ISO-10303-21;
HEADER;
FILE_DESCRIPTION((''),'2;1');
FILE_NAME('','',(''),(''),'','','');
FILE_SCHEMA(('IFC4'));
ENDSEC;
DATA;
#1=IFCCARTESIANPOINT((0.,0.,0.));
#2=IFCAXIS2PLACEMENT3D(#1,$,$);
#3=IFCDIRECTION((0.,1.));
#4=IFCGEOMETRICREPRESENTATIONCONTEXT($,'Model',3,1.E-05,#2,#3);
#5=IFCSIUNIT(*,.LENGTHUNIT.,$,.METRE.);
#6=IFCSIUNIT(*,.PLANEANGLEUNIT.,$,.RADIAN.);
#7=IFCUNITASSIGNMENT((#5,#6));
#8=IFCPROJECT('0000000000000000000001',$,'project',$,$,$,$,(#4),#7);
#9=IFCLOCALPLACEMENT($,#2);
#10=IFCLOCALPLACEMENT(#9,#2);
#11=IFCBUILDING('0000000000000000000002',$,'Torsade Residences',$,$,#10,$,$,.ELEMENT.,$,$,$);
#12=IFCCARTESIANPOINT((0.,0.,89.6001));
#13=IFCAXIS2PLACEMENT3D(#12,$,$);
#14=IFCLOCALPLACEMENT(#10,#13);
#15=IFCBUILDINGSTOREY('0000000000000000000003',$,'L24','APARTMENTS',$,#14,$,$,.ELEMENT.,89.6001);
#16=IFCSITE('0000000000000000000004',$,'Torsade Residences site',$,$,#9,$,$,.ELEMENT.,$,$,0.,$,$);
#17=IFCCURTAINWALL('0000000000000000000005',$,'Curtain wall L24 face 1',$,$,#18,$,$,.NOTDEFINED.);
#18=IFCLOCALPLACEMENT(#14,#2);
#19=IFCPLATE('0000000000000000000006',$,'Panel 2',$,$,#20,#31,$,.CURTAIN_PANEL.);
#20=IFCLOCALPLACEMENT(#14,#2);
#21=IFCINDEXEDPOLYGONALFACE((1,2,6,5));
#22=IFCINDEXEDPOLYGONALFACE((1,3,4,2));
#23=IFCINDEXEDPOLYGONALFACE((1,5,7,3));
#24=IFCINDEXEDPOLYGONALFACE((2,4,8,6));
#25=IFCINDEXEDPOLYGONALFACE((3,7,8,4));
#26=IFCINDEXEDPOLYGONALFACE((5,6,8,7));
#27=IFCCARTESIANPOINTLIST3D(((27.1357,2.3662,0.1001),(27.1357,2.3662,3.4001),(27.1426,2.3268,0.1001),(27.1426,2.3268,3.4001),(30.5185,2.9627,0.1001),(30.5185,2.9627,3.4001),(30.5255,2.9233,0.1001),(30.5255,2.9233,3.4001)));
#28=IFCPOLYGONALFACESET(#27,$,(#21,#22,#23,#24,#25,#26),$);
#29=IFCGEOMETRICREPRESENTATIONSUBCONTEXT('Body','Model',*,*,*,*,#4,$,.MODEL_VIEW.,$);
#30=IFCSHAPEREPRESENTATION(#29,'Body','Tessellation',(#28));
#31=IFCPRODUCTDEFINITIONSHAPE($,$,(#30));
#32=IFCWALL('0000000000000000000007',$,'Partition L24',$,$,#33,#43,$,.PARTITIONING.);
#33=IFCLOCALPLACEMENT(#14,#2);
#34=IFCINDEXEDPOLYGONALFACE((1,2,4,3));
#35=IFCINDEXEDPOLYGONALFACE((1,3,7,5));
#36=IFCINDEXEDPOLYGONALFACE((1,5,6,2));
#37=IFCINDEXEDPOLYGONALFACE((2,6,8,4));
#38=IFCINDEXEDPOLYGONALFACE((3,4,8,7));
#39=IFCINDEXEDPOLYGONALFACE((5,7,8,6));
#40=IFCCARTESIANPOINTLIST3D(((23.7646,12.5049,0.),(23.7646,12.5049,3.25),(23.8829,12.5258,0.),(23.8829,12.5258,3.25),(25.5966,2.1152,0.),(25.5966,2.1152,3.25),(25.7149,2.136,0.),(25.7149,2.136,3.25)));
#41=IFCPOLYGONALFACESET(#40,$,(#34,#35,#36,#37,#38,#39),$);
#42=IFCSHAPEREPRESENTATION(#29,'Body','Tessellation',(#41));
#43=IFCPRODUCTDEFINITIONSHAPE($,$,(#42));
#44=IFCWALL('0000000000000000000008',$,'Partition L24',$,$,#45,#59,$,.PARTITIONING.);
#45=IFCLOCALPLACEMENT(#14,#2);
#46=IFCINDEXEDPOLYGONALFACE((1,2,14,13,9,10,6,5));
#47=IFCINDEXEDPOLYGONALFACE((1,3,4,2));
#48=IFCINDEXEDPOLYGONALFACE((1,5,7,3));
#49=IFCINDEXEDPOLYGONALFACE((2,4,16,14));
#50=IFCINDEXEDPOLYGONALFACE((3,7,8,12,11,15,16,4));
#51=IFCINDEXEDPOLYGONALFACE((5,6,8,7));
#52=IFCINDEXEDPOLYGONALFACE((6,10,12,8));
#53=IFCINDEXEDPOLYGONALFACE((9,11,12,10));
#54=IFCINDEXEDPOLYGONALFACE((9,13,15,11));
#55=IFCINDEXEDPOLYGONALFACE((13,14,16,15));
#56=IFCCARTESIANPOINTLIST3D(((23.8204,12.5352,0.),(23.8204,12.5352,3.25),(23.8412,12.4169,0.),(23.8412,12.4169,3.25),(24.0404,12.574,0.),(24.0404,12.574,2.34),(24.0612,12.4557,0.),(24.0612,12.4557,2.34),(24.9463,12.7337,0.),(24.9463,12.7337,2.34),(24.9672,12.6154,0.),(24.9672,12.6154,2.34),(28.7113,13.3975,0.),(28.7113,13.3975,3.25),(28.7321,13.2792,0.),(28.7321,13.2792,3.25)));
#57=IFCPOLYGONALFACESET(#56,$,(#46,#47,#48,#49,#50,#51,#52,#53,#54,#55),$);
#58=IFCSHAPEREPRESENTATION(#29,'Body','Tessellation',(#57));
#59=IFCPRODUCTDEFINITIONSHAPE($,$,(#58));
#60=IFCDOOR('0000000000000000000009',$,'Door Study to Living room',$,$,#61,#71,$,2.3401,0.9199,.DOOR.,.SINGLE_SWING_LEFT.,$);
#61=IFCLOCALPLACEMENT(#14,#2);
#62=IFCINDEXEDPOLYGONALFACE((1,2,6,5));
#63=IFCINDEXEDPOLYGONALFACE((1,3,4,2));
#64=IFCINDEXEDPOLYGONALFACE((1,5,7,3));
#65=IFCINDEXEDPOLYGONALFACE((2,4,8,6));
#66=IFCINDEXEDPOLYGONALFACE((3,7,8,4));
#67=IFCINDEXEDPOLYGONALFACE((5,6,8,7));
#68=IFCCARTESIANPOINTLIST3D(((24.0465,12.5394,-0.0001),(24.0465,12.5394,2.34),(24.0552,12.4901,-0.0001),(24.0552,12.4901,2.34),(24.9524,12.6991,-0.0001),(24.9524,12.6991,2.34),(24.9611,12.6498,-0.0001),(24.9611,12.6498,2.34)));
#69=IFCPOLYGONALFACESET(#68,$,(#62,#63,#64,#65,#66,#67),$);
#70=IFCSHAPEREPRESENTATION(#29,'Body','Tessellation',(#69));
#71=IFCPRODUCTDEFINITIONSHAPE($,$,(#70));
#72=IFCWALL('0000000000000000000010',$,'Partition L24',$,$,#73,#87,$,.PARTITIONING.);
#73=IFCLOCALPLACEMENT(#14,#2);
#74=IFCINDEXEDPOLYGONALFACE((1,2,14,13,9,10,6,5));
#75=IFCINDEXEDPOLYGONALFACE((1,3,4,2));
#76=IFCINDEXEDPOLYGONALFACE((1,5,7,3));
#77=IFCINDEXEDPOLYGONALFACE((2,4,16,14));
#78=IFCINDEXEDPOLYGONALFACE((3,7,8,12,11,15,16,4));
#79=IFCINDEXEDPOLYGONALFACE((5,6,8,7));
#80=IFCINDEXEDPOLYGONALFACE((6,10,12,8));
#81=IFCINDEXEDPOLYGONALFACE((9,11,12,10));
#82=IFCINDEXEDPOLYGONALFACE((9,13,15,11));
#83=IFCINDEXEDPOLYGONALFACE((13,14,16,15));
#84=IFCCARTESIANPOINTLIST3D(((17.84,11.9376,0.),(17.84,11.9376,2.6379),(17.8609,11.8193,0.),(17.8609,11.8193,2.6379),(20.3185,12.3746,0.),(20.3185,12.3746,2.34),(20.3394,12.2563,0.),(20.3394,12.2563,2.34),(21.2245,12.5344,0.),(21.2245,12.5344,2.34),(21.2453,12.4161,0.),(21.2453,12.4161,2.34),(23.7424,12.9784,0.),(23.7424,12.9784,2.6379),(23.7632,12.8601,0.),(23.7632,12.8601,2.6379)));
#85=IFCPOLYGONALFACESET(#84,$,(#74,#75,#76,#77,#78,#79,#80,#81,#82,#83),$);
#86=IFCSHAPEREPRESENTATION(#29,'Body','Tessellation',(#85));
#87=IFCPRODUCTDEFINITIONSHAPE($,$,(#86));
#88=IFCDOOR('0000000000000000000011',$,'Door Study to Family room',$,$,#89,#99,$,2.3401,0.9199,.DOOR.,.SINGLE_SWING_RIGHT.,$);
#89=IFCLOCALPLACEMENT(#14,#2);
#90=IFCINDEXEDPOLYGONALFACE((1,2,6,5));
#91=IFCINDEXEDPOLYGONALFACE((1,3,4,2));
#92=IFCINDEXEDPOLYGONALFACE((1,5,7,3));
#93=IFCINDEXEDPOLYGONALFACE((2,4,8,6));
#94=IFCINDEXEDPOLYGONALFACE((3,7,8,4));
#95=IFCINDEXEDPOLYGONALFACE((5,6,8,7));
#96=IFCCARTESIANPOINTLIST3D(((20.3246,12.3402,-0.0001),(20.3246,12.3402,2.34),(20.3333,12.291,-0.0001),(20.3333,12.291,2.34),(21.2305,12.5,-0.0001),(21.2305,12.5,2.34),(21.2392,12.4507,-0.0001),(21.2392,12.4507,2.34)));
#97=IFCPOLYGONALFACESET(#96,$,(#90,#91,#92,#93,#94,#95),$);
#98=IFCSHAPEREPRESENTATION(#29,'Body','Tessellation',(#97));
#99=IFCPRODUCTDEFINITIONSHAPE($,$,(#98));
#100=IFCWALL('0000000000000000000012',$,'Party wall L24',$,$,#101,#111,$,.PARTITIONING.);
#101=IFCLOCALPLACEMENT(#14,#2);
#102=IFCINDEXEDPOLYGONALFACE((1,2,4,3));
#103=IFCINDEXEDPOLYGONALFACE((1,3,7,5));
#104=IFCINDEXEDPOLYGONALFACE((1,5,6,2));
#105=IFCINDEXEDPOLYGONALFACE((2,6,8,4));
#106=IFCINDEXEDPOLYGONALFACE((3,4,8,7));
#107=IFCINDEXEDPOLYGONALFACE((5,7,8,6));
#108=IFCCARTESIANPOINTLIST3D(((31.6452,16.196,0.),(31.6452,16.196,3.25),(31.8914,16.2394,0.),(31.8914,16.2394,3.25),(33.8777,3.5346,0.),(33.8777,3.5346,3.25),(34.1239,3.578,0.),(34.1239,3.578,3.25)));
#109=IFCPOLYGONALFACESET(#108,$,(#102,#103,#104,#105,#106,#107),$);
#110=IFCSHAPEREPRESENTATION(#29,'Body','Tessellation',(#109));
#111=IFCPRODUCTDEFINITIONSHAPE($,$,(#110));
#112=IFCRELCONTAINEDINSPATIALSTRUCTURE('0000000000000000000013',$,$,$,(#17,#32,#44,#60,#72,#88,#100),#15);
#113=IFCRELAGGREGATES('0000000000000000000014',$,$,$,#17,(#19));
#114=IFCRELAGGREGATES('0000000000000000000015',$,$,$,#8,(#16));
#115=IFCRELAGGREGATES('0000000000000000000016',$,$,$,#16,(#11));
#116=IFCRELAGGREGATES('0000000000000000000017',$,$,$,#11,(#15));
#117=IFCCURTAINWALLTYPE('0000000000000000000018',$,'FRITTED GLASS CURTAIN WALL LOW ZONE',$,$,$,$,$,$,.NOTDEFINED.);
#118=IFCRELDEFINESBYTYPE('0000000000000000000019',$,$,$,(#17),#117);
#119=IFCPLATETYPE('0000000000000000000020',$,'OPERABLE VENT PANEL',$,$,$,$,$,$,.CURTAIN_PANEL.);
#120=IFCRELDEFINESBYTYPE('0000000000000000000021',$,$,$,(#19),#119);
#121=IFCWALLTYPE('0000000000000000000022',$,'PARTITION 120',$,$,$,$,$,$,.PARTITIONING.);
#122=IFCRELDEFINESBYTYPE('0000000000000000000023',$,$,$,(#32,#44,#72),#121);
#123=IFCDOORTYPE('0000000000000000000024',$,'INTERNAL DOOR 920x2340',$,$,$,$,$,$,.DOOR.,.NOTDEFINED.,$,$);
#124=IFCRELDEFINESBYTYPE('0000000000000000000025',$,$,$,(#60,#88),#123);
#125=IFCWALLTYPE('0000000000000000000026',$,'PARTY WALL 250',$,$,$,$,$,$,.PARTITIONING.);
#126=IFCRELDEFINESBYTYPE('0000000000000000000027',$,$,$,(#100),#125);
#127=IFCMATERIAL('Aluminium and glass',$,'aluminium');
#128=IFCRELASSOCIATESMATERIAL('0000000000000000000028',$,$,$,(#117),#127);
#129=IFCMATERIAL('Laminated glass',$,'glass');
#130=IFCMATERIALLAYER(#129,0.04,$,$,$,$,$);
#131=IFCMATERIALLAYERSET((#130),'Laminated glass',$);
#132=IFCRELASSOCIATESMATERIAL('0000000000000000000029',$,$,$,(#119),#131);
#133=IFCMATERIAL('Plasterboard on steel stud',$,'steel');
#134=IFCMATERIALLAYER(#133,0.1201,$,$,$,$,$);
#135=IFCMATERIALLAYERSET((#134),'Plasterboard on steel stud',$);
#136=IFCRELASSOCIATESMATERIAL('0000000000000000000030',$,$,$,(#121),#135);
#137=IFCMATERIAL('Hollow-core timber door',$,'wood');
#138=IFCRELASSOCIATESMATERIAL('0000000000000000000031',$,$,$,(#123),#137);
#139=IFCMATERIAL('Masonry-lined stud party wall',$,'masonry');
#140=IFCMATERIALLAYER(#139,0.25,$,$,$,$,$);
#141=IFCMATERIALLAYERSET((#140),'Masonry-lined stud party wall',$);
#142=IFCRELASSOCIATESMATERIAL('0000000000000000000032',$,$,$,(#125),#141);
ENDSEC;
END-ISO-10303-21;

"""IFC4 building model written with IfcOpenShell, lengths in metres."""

from ifc_helpers import new_model, si_unit, direction, frame, frame_2d, origin, origin_2d, place, context, subcontext, project, spatial, rectangle, extrude, material, layer, layer_set, type_object, element, fill, aggregate, save


model = new_model("IFC4")

# Units and contexts
model_context = context("Model", 3, precision=1e-05, world=origin(), true_north=direction((0.0, 1.0)))
body_context = subcontext(model_context, "Body", "Model", "MODEL_VIEW")
ifc_project = project(units=[si_unit("LENGTHUNIT", "METRE"), si_unit("PLANEANGLEUNIT", "RADIAN")], contexts=[model_context])

# Site, building, storey
site_placement = place(None, origin())
site = spatial("IfcSite", under=ifc_project, at=site_placement, Name="Torsade Residences site", CompositionType="ELEMENT", RefElevation=0.0)
building_placement = place(site_placement, origin())
building = spatial("IfcBuilding", under=site, at=building_placement, Name="Torsade Residences", CompositionType="ELEMENT")
storey_placement = place(building_placement, frame((0.0, 0.0, 89.6001)))
storey = spatial("IfcBuildingStorey", under=building, at=storey_placement, Name="L24", Description="APARTMENTS", CompositionType="ELEMENT", Elevation=89.6001)

# Curtain wall
ifc_material_1 = material(Name="Aluminium and glass", Category="aluminium")
curtain_wall_type = type_object("IfcCurtainWallType", Name="FRITTED GLASS CURTAIN WALL LOW ZONE", PredefinedType="NOTDEFINED", material=ifc_material_1)
curtain_wall_placement = place(storey_placement, origin())
curtain_wall = element("IfcCurtainWall", 1, at=curtain_wall_placement, inside=storey, type_object=curtain_wall_type, Name="Curtain wall L24 face 1", PredefinedType="NOTDEFINED")

# Plate
ifc_material_2 = material(Name="Laminated glass", Category="glass")
ifc_layer_1 = layer(ifc_material_2, 0.04)
ifc_layer_set_1 = layer_set([ifc_layer_1], Name="Laminated glass")
plate_type_1 = type_object("IfcPlateType", Name="OPERABLE VENT PANEL", PredefinedType="CURTAIN_PANEL", material=ifc_layer_set_1)
plate_1_placement = place(storey_placement, frame((28.8306, 2.6448, 0.1001), z_axis=(0.0, 0.0, 1.0), x_axis=(0.984808, 0.173648, 0.0)))
plate_1 = element("IfcPlate", 2, at=plate_1_placement, type_object=plate_type_1, Name="Panel 2", PredefinedType="CURTAIN_PANEL", context=body_context, shape_type="SweptSolid", body=[
    extrude(rectangle(XDim=3.4351, YDim=0.04, at=origin_2d()), origin(), (0.0, 0.0, 1.0), 3.3),
])
aggregate(curtain_wall, [plate_1])

# Wall
ifc_material_3 = material(Name="Plasterboard on steel stud", Category="steel")
ifc_layer_2 = layer(ifc_material_3, 0.1201)
ifc_layer_set_2 = layer_set([ifc_layer_2], Name="Plasterboard on steel stud")
wall_type_1 = type_object("IfcWallType", Name="PARTITION 120", PredefinedType="PARTITIONING", material=ifc_layer_set_2)
wall_1_placement = place(storey_placement, frame((25.6558, 2.1257, 0.0), z_axis=(0.0, 0.0, 1.0), x_axis=(-0.173653, 0.984807, 0.0)))
element("IfcWall", 3, at=wall_1_placement, inside=storey, type_object=wall_type_1, Name="Partition L24", PredefinedType="PARTITIONING", context=body_context, shape_type="SweptSolid", body=[
    extrude(rectangle(XDim=10.55, YDim=0.1201, at=frame_2d((5.2749, 0.0))), origin(), (0.0, 0.0, 1.0), 3.25),
])

# Walls, openings, doors
wall_2_placement = place(storey_placement, frame((23.8308, 12.4761, 0.0), z_axis=(0.0, 0.0, 1.0), x_axis=(0.984811, 0.173631, 0.0)))
wall_2 = element("IfcWall", 4, at=wall_2_placement, inside=storey, type_object=wall_type_1, Name="Partition L24", PredefinedType="PARTITIONING", context=body_context, shape_type="SweptSolid", body=[
    extrude(rectangle(XDim=4.9663, YDim=0.1201, at=frame_2d((2.4832, 0.0))), origin(), (0.0, 0.0, 1.0), 3.25),
])
opening_1_placement = place(wall_2_placement, frame((0.2234, 0.0, 0.0)))
opening_1 = element("IfcOpeningElement", 5, at=opening_1_placement, cuts=wall_2, PredefinedType="OPENING", context=body_context, shape_type="SweptSolid", body=[
    extrude(rectangle(XDim=0.9199, YDim=2.3401, at=frame_2d((0.46, 1.1699))), frame((0.0, 0.0701, 0.0), z_axis=(0.0, -1.0, 0.0), x_axis=(1.0, 0.0, 0.0)), (0.0, 0.0, 1.0), 0.1401),
])
ifc_material_4 = material(Name="Hollow-core timber door", Category="wood")
door_type = type_object("IfcDoorType", Name="INTERNAL DOOR 920x2340", OperationType="NOTDEFINED", PredefinedType="DOOR", material=ifc_material_4)
door_1_placement = place(opening_1_placement, origin())
door_1 = element("IfcDoor", 6, at=door_1_placement, inside=storey, type_object=door_type, Name="Door Study to Living room", OperationType="SINGLE_SWING_LEFT", OverallHeight=2.3401, OverallWidth=0.9199, PredefinedType="DOOR", context=body_context, shape_type="SweptSolid", body=[
    extrude(rectangle(XDim=0.9199, YDim=2.3401, at=frame_2d((0.46, 1.1699))), frame((0.0, 0.0249, 0.0), z_axis=(0.0, -1.0, 0.0), x_axis=(1.0, 0.0, 0.0)), (0.0, 0.0, 1.0), 0.05),
])
fill(opening_1, door_1)
wall_3_placement = place(storey_placement, frame((23.7527, 12.9192, 0.0), z_axis=(0.0, 0.0, 1.0), x_axis=(-0.984807, -0.173653, 0.0)))
wall_3 = element("IfcWall", 7, at=wall_3_placement, inside=storey, type_object=wall_type_1, Name="Partition L24", PredefinedType="PARTITIONING", context=body_context, shape_type="SweptSolid", body=[
    extrude(rectangle(XDim=5.9934, YDim=0.1201, at=frame_2d((2.9966, 0.0))), origin(), (0.0, 0.0, 1.0), 2.6379),
])
opening_2_placement = place(wall_3_placement, frame((2.5566, 0.0, 0.0)))
opening_2 = element("IfcOpeningElement", 8, at=opening_2_placement, cuts=wall_3, PredefinedType="OPENING", context=body_context, shape_type="SweptSolid", body=[
    extrude(rectangle(XDim=0.9199, YDim=2.3401, at=frame_2d((0.46, 1.1699))), frame((0.0, 0.0701, 0.0), z_axis=(0.0, -1.0, 0.0), x_axis=(1.0, 0.0, 0.0)), (0.0, 0.0, 1.0), 0.1401),
])
door_2_placement = place(opening_2_placement, origin())
door_2 = element("IfcDoor", 9, at=door_2_placement, inside=storey, type_object=door_type, Name="Door Study to Family room", OperationType="SINGLE_SWING_RIGHT", OverallHeight=2.3401, OverallWidth=0.9199, PredefinedType="DOOR", context=body_context, shape_type="SweptSolid", body=[
    extrude(rectangle(XDim=0.9199, YDim=2.3401, at=frame_2d((0.46, 1.1699))), frame((0.0, 0.0249, 0.0), z_axis=(0.0, -1.0, 0.0), x_axis=(1.0, 0.0, 0.0)), (0.0, 0.0, 1.0), 0.05),
])
fill(opening_2, door_2)

# Wall
ifc_material_5 = material(Name="Masonry-lined stud party wall", Category="masonry")
ifc_layer_3 = layer(ifc_material_5, 0.25)
ifc_layer_set_3 = layer_set([ifc_layer_3], Name="Masonry-lined stud party wall")
wall_type_2 = type_object("IfcWallType", Name="PARTY WALL 250", PredefinedType="PARTITIONING", material=ifc_layer_set_3)
wall_4_placement = place(storey_placement, frame((34.0007, 3.5564, 0.0), z_axis=(0.0, 0.0, 1.0), x_axis=(-0.173639, 0.984809, 0.0)))
element("IfcWall", 10, at=wall_4_placement, inside=storey, type_object=wall_type_2, Name="Party wall L24", PredefinedType="PARTITIONING", context=body_context, shape_type="SweptSolid", body=[
    extrude(rectangle(XDim=12.8567, YDim=0.25, at=frame_2d((6.4282, 0.0))), origin(), (0.0, 0.0, 1.0), 3.25),
])

save(model, "model.ifc")
